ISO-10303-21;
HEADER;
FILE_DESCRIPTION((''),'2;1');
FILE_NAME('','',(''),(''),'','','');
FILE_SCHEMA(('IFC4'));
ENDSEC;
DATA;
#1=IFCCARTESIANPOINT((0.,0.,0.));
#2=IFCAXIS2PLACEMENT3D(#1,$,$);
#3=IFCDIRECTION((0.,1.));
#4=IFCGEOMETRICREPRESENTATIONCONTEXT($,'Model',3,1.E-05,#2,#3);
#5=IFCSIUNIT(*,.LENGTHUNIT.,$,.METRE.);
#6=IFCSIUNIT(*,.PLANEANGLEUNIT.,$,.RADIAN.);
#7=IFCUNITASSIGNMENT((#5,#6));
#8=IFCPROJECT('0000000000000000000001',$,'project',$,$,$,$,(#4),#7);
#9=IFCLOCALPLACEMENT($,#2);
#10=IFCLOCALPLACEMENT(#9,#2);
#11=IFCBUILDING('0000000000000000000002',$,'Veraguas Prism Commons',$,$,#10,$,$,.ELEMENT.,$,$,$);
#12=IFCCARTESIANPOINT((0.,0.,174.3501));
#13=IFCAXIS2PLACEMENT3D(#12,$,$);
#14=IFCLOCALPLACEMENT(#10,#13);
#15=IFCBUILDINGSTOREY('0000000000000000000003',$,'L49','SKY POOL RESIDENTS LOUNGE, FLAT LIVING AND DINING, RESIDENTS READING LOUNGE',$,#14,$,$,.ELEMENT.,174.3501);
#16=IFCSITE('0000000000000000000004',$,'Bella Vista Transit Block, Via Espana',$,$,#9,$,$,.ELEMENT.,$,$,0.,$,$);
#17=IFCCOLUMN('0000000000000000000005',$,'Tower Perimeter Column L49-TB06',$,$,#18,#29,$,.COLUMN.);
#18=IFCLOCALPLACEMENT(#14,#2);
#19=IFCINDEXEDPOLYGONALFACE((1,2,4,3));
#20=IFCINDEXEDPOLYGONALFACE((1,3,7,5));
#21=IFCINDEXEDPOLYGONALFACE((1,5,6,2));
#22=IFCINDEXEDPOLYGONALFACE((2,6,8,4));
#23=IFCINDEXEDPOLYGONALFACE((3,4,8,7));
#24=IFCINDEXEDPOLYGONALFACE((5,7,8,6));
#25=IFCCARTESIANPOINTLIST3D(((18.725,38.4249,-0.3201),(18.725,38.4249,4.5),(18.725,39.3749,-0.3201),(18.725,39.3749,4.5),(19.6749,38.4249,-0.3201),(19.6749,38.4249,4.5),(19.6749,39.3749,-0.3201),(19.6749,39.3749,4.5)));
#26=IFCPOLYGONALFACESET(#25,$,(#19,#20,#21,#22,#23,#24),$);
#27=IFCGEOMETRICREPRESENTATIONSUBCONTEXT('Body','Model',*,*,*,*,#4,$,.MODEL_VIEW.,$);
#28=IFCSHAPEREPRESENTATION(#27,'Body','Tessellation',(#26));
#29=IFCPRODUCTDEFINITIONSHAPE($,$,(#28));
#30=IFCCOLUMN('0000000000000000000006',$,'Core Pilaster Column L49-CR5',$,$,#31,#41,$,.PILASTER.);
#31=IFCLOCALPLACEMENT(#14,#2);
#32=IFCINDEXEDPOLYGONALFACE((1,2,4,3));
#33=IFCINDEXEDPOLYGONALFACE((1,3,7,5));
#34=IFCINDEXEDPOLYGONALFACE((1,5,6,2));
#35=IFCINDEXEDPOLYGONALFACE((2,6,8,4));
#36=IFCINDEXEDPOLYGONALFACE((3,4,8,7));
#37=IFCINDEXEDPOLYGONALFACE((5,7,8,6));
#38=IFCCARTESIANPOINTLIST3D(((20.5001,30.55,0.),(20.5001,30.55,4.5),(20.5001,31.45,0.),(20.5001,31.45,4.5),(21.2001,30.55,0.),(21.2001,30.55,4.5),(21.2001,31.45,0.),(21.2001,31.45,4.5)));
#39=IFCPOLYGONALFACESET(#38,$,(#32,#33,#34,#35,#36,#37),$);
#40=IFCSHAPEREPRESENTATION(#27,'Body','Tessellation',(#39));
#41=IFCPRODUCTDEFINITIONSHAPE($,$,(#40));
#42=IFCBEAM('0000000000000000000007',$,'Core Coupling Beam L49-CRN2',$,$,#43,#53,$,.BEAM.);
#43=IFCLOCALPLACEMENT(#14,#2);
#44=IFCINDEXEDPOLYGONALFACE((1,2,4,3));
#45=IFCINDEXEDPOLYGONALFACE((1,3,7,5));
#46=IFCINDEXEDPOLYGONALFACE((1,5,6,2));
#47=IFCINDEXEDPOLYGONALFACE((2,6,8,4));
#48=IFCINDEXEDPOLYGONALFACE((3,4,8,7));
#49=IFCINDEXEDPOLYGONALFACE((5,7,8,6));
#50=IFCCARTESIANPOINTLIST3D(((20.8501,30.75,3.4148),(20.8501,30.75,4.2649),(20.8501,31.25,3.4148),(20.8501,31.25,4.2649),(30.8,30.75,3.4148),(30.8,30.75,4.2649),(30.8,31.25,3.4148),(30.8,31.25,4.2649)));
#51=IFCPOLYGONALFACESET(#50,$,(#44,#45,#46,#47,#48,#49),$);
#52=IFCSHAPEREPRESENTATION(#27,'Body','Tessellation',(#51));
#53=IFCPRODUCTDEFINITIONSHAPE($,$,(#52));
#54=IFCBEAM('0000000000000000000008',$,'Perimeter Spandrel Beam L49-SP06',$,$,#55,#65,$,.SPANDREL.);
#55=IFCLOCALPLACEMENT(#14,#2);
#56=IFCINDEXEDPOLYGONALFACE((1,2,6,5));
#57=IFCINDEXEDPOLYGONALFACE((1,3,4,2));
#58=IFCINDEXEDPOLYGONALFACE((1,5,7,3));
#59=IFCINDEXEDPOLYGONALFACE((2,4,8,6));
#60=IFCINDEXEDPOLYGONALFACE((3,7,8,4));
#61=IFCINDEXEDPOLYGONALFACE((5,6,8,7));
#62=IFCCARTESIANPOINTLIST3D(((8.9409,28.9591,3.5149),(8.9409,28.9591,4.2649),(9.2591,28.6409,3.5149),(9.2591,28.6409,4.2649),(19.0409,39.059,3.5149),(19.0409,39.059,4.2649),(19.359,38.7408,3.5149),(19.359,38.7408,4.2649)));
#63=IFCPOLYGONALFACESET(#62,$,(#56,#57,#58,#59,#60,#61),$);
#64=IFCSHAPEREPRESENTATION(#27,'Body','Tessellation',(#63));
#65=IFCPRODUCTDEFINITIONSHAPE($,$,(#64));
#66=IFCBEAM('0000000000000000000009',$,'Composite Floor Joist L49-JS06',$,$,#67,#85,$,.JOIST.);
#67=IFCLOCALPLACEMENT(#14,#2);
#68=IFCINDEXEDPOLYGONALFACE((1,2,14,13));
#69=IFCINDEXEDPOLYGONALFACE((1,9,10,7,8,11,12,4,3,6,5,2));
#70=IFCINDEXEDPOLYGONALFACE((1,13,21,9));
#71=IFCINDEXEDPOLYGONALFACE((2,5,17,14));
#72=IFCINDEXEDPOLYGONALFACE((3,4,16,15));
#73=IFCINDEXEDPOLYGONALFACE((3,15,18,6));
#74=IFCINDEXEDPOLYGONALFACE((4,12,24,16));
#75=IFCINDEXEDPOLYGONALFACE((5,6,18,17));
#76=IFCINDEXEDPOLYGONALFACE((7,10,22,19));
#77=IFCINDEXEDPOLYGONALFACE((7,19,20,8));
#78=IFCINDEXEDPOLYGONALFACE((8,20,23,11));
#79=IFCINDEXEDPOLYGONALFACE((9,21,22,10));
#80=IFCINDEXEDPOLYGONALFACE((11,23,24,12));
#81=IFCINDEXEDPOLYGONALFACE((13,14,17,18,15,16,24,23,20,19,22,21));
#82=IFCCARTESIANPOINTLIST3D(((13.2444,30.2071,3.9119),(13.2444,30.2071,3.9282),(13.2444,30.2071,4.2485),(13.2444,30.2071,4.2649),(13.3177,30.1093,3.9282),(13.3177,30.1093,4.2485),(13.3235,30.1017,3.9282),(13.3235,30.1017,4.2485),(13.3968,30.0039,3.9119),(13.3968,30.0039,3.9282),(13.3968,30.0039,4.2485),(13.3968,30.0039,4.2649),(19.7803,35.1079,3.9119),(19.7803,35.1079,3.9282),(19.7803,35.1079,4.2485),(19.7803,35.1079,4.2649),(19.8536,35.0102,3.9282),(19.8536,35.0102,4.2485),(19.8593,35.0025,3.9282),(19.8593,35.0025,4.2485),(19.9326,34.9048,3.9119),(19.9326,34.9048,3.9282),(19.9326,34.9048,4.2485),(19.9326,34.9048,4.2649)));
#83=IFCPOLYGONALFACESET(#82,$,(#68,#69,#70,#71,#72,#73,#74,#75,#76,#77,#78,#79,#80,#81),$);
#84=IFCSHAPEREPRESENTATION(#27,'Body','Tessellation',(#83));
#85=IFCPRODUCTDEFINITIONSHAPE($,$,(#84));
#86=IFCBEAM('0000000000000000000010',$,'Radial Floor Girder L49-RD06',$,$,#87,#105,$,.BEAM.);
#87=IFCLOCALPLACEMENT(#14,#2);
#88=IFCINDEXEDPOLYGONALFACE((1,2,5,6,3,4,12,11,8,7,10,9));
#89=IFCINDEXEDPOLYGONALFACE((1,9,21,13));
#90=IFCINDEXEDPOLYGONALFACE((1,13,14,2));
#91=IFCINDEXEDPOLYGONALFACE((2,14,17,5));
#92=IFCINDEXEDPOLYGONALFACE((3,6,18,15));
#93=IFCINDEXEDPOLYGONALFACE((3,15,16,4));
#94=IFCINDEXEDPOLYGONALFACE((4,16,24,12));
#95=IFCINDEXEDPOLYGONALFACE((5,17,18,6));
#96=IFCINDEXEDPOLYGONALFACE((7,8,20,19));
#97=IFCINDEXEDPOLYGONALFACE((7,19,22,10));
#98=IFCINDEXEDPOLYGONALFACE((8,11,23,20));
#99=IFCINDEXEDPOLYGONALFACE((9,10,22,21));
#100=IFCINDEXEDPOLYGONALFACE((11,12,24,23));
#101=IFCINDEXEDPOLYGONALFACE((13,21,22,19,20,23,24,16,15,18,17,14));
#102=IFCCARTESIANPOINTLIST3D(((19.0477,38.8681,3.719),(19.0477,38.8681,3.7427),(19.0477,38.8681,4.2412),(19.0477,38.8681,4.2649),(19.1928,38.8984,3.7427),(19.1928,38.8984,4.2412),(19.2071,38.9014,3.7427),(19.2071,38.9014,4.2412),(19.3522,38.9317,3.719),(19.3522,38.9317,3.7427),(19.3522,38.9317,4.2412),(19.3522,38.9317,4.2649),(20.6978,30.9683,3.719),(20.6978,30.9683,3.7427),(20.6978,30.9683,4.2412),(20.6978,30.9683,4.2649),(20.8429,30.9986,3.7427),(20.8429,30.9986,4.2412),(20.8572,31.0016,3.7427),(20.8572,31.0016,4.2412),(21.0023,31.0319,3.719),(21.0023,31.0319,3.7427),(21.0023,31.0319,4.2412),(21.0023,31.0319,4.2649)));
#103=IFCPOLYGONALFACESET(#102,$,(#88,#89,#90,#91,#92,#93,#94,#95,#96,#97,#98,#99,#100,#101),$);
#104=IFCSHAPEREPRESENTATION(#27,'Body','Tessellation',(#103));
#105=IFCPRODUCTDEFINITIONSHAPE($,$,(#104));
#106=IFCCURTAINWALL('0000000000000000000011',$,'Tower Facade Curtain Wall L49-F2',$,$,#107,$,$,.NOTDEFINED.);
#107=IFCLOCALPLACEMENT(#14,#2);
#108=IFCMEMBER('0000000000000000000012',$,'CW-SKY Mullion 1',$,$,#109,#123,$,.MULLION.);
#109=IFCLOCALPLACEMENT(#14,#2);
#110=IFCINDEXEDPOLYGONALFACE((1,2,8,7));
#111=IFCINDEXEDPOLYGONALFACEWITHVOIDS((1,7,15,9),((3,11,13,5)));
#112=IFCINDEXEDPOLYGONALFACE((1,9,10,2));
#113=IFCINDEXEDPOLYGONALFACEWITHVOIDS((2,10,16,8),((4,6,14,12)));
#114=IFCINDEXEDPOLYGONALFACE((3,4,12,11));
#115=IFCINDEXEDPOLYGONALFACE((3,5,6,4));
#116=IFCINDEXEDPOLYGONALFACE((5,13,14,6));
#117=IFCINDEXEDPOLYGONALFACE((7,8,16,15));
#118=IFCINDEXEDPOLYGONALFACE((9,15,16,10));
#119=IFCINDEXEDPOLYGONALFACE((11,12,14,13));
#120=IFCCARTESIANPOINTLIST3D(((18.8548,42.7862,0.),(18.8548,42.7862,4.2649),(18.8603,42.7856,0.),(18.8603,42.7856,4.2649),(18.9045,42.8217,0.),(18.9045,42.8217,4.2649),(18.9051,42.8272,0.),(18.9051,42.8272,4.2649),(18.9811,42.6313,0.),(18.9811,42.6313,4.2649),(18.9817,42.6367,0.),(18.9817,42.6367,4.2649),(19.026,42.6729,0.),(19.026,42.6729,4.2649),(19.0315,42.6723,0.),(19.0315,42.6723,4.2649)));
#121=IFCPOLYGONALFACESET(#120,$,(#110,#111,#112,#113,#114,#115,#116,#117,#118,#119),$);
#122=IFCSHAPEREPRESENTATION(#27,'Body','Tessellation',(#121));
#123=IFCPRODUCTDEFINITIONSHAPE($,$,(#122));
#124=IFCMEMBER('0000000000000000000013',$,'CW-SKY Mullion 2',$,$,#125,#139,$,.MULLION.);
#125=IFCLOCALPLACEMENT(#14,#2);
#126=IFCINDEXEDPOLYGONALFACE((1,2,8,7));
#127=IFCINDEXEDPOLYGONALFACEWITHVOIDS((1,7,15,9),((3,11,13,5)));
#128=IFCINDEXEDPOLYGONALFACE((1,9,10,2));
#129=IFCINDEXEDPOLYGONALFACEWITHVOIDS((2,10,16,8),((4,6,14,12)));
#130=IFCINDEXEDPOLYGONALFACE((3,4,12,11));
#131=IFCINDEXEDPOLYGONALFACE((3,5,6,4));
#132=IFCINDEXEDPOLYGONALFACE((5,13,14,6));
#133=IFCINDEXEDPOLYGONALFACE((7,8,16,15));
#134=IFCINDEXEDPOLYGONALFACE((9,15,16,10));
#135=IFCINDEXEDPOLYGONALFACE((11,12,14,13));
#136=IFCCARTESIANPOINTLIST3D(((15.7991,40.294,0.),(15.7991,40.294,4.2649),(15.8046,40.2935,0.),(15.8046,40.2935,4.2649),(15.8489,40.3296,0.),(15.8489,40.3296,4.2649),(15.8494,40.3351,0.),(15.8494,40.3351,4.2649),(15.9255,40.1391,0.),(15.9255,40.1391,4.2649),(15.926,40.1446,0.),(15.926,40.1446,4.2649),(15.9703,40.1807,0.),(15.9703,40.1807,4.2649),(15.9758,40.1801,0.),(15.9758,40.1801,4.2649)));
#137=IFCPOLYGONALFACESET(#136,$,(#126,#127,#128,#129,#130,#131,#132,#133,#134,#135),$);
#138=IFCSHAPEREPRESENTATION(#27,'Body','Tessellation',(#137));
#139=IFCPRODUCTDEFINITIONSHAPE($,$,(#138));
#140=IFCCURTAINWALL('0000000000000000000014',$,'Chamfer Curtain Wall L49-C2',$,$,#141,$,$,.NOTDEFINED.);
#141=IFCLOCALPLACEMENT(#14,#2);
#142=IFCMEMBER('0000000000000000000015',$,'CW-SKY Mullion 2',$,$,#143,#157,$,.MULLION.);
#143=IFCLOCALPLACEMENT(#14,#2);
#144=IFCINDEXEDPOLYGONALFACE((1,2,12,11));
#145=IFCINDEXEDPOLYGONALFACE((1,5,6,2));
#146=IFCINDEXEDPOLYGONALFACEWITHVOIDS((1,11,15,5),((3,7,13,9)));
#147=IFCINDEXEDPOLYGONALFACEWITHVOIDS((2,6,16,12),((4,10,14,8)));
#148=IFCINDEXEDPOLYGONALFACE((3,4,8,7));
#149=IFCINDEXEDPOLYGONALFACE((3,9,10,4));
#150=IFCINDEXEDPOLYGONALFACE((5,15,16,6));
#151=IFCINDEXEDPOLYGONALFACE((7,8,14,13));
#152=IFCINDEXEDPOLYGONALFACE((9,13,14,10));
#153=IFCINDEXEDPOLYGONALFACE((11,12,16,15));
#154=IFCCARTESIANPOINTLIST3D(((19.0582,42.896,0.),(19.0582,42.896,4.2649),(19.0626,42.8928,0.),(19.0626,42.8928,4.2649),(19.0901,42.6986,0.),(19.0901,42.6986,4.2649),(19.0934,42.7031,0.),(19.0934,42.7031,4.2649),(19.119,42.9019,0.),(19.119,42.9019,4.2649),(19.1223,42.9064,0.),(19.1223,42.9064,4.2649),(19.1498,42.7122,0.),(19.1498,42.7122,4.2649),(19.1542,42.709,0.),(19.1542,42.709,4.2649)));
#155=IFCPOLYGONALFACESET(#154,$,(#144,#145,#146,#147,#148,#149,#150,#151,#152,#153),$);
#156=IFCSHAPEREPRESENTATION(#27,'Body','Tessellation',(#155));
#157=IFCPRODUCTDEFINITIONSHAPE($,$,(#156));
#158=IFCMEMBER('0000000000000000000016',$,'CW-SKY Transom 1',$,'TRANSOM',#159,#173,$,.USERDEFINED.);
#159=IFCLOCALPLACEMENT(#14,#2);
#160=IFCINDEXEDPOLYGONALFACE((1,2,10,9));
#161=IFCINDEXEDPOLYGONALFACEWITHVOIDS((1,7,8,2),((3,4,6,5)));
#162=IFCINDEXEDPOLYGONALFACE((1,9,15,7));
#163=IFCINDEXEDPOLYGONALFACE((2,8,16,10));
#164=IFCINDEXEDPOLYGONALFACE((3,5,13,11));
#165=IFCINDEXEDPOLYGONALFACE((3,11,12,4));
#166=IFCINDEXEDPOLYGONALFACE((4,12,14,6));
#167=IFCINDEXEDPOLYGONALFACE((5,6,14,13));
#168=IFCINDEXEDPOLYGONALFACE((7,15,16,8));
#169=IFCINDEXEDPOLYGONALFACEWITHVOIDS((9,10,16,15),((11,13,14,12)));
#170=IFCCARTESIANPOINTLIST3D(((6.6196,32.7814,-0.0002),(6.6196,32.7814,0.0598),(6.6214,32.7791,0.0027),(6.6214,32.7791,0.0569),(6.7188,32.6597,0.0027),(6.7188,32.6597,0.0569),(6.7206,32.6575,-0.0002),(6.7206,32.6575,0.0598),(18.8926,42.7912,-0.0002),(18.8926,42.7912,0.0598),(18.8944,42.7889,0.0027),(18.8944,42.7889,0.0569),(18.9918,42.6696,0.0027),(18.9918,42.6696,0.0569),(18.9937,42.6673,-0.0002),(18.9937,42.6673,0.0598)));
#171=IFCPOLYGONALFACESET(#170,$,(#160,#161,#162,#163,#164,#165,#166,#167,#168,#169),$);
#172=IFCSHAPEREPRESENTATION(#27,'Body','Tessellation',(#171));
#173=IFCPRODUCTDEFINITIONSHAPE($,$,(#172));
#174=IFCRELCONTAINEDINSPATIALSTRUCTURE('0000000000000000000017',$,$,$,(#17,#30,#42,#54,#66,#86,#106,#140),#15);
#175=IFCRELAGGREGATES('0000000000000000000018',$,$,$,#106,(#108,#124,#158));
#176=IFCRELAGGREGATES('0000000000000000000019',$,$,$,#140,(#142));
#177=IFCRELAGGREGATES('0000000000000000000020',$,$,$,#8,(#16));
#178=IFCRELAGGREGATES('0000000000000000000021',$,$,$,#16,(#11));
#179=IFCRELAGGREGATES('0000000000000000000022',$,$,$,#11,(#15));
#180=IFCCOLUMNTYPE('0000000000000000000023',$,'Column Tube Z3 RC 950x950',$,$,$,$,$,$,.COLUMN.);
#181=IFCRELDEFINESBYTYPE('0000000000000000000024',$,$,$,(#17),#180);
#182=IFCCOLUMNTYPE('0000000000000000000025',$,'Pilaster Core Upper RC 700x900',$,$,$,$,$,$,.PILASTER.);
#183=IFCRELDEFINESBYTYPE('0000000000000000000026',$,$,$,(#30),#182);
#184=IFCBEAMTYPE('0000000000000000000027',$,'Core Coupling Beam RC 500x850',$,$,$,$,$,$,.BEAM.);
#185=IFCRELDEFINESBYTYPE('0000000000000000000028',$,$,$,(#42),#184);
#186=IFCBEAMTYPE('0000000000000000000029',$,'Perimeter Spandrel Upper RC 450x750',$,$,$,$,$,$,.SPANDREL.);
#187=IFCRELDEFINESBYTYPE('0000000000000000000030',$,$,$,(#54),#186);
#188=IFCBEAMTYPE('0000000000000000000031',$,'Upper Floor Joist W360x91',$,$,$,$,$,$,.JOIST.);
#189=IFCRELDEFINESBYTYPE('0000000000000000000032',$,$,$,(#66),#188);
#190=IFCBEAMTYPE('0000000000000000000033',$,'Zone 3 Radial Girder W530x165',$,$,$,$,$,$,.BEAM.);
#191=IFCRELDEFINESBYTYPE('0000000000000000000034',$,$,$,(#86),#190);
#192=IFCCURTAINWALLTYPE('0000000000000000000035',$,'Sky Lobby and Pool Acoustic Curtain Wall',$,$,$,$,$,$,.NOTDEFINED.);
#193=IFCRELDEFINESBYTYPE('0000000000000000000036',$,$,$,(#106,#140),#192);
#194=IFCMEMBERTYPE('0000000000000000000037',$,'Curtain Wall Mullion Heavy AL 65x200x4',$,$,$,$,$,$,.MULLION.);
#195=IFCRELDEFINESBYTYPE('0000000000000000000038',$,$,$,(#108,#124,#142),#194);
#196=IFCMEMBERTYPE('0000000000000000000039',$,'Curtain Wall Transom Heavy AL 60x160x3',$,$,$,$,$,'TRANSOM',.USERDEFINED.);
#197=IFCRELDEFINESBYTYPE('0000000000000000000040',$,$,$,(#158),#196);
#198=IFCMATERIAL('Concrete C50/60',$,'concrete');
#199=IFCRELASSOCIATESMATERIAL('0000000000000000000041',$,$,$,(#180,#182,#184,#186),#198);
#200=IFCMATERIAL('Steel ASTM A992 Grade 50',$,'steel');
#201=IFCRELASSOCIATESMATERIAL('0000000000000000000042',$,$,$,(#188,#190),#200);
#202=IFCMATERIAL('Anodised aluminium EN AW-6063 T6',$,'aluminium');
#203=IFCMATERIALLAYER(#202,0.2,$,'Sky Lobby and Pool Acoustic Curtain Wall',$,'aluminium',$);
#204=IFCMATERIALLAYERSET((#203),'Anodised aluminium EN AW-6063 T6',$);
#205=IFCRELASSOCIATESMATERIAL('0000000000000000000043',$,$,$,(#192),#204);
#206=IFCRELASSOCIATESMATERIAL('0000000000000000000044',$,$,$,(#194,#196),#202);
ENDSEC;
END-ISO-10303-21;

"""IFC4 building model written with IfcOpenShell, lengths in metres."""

from ifc_helpers import new_model, si_unit, direction, frame, origin, origin_2d, place, context, subcontext, project, spatial, rectangle, hollow_rectangle, i_section, extrude, source, transform, mapped, material, layer, layer_set, material_profile, profile_set, type_object, element, aggregate, save


model = new_model("IFC4")

# Units and contexts
model_context = context("Model", 3, precision=1e-05, world=origin(), true_north=direction((0.0, 1.0)))
body_context = subcontext(model_context, "Body", "Model", "MODEL_VIEW")
ifc_project = project(units=[si_unit("LENGTHUNIT", "METRE"), si_unit("PLANEANGLEUNIT", "RADIAN")], contexts=[model_context])

# Site, building, storey
site_placement = place(None, origin())
site = spatial("IfcSite", under=ifc_project, at=site_placement, Name="Bella Vista Transit Block, Via Espana", CompositionType="ELEMENT", RefElevation=0.0)
building_placement = place(site_placement, origin())
building = spatial("IfcBuilding", under=site, at=building_placement, Name="Veraguas Prism Commons", CompositionType="ELEMENT")
storey_placement = place(building_placement, frame((0.0, 0.0, 174.3501)))
storey = spatial("IfcBuildingStorey", under=building, at=storey_placement, Name="L49", Description="SKY POOL RESIDENTS LOUNGE, FLAT LIVING AND DINING, RESIDENTS READING LOUNGE", CompositionType="ELEMENT", Elevation=174.3501)

# Columns
ifc_material_1 = material(Name="Concrete C50/60", Category="concrete")
ifc_material_profile_1 = material_profile(ifc_material_1, rectangle(XDim=0.95, YDim=0.95, at=origin_2d()), Name="RC950X950")
ifc_profile_set_1 = profile_set([ifc_material_profile_1], Name="Concrete C50/60")
column_type_1 = type_object("IfcColumnType", Name="Column Tube Z3 RC 950x950", PredefinedType="COLUMN", material=ifc_profile_set_1)
column_1_placement = place(storey_placement, frame((19.2, 38.8999, -0.3201), z_axis=(0.0, 0.0, 1.0), x_axis=(1.0, 0.0, 0.0)))
element("IfcColumn", 1, at=column_1_placement, inside=storey, type_object=column_type_1, Name="Tower Perimeter Column L49-TB06", PredefinedType="COLUMN", context=body_context, shape_type="SweptSolid", body=[
    extrude(rectangle(XDim=0.95, YDim=0.95, at=origin_2d()), origin(), (0.0, 0.0, 1.0), 4.8201),
])
ifc_material_profile_2 = material_profile(ifc_material_1, rectangle(XDim=0.7, YDim=0.8999, at=origin_2d()), Name="RC700X900")
ifc_profile_set_2 = profile_set([ifc_material_profile_2], Name="Concrete C50/60")
column_type_2 = type_object("IfcColumnType", Name="Pilaster Core Upper RC 700x900", PredefinedType="PILASTER", material=ifc_profile_set_2)
column_2_placement = place(storey_placement, frame((20.8501, 31.0, 0.0), z_axis=(0.0, 0.0, 1.0), x_axis=(1.0, 0.0, 0.0)))
element("IfcColumn", 2, at=column_2_placement, inside=storey, type_object=column_type_2, Name="Core Pilaster Column L49-CR5", PredefinedType="PILASTER", context=body_context, shape_type="SweptSolid", body=[
    extrude(rectangle(XDim=0.7, YDim=0.8999, at=origin_2d()), origin(), (0.0, 0.0, 1.0), 4.5),
])

# Beams
ifc_material_profile_3 = material_profile(ifc_material_1, rectangle(XDim=0.5, YDim=0.8501, at=origin_2d()), Name="RC500X850")
ifc_profile_set_3 = profile_set([ifc_material_profile_3], Name="Concrete C50/60")
beam_type_1 = type_object("IfcBeamType", Name="Core Coupling Beam RC 500x850", PredefinedType="BEAM", material=ifc_profile_set_3)
beam_1_placement = place(storey_placement, frame((20.8501, 31.0, 3.8398), z_axis=(1.0, 0.0, 0.0), x_axis=(0.0, 1.0, 0.0)))
element("IfcBeam", 3, at=beam_1_placement, inside=storey, type_object=beam_type_1, Name="Core Coupling Beam L49-CRN2", PredefinedType="BEAM", context=body_context, shape_type="SweptSolid", body=[
    extrude(rectangle(XDim=0.5, YDim=0.8501, at=origin_2d()), origin(), (0.0, 0.0, 1.0), 9.95),
])
ifc_material_profile_4 = material_profile(ifc_material_1, rectangle(XDim=0.45, YDim=0.75, at=origin_2d()), Name="RC450X750")
ifc_profile_set_4 = profile_set([ifc_material_profile_4], Name="Concrete C50/60")
beam_type_2 = type_object("IfcBeamType", Name="Perimeter Spandrel Upper RC 450x750", PredefinedType="SPANDREL", material=ifc_profile_set_4)
beam_2_placement = place(storey_placement, frame((19.2, 38.8999, 3.8899), z_axis=(-0.707107, -0.707107, 0.0), x_axis=(0.707107, -0.707107, 0.0)))
element("IfcBeam", 4, at=beam_2_placement, inside=storey, type_object=beam_type_2, Name="Perimeter Spandrel Beam L49-SP06", PredefinedType="SPANDREL", context=body_context, shape_type="SweptSolid", body=[
    extrude(rectangle(XDim=0.45, YDim=0.75, at=origin_2d()), origin(), (0.0, 0.0, 1.0), 14.2834),
])
ifc_material_2 = material(Name="Steel ASTM A992 Grade 50", Category="steel")
ifc_material_profile_5 = material_profile(ifc_material_2, i_section(OverallWidth=0.2539, OverallDepth=0.353, WebThickness=0.0095, FlangeThickness=0.0164, at=origin_2d()), Name="W360X91")
ifc_profile_set_5 = profile_set([ifc_material_profile_5], Name="Steel ASTM A992 Grade 50")
beam_type_3 = type_object("IfcBeamType", Name="Upper Floor Joist W360x91", PredefinedType="JOIST", material=ifc_profile_set_5)
beam_3_placement = place(storey_placement, frame((19.8564, 35.0063, 4.0884), z_axis=(-0.800061, -0.599919, 0.0), x_axis=(0.599919, -0.800061, 0.0)))
element("IfcBeam", 5, at=beam_3_placement, inside=storey, type_object=beam_type_3, Name="Composite Floor Joist L49-JS06", PredefinedType="JOIST", context=body_context, shape_type="SweptSolid", body=[
    extrude(i_section(OverallWidth=0.2539, OverallDepth=0.353, WebThickness=0.0095, FlangeThickness=0.0164, at=origin_2d()), origin(), (0.0, 0.0, 1.0), 8.1692),
])
ifc_material_profile_6 = material_profile(ifc_material_2, i_section(OverallWidth=0.311, OverallDepth=0.5459, WebThickness=0.0146, FlangeThickness=0.0237, at=origin_2d()), Name="W530X165")
ifc_profile_set_6 = profile_set([ifc_material_profile_6], Name="Steel ASTM A992 Grade 50")
beam_type_4 = type_object("IfcBeamType", Name="Zone 3 Radial Girder W530x165", PredefinedType="BEAM", material=ifc_profile_set_6)
beam_4_placement = place(storey_placement, frame((19.2, 38.8999, 3.9919), z_axis=(0.204469, -0.978873, 0.0), x_axis=(0.978873, 0.204469, 0.0)))
element("IfcBeam", 6, at=beam_4_placement, inside=storey, type_object=beam_type_4, Name="Radial Floor Girder L49-RD06", PredefinedType="BEAM", context=body_context, shape_type="SweptSolid", body=[
    extrude(i_section(OverallWidth=0.311, OverallDepth=0.5459, WebThickness=0.0146, FlangeThickness=0.0237, at=origin_2d()), origin(), (0.0, 0.0, 1.0), 8.0703),
])

# Curtain wall, members
ifc_material_3 = material(Name="Anodised aluminium EN AW-6063 T6", Category="aluminium")
ifc_layer_1 = layer(ifc_material_3, 0.2, Name="Sky Lobby and Pool Acoustic Curtain Wall", Category="aluminium")
ifc_layer_set_1 = layer_set([ifc_layer_1], Name="Anodised aluminium EN AW-6063 T6")
curtain_wall_type = type_object("IfcCurtainWallType", Name="Sky Lobby and Pool Acoustic Curtain Wall", PredefinedType="NOTDEFINED", material=ifc_layer_set_1)
curtain_wall_1_placement = place(storey_placement, origin())
curtain_wall_1 = element("IfcCurtainWall", 7, at=curtain_wall_1_placement, inside=storey, type_object=curtain_wall_type, Name="Tower Facade Curtain Wall L49-F2", PredefinedType="NOTDEFINED")
ifc_material_profile_7 = material_profile(ifc_material_3, hollow_rectangle(XDim=0.0649, YDim=0.2, WallThickness=0.0039, at=origin_2d()), Name="AL65X200X4")
ifc_profile_set_7 = profile_set([ifc_material_profile_7], Name="Anodised aluminium EN AW-6063 T6")
member_type_1 = type_object("IfcMemberType", Name="Curtain Wall Mullion Heavy AL 65x200x4", PredefinedType="MULLION", material=ifc_profile_set_7)
shared_shape_1 = source(origin(), body_context, "Body", "SweptSolid", [
    extrude(hollow_rectangle(XDim=0.0649, YDim=0.2, WallThickness=0.0039, at=origin_2d()), origin(), (0.0, 0.0, 1.0), 4.2649),
])
member_1_placement = place(storey_placement, frame((18.9431, 42.7292, 0.0), z_axis=(0.0, 0.0, 1.0), x_axis=(-0.774941, -0.632033, 0.0)))
member_1 = element("IfcMember", 8, at=member_1_placement, type_object=member_type_1, Name="CW-SKY Mullion 1", PredefinedType="MULLION", context=body_context, shape_type="MappedRepresentation", body=[
    mapped(shared_shape_1, transform((0.0, 0.0, 0.0), scale=1.0)),
])
member_2_placement = place(storey_placement, frame((15.8875, 40.2371, 0.0), z_axis=(0.0, 0.0, 1.0), x_axis=(-0.774941, -0.632033, 0.0)))
member_2 = element("IfcMember", 9, at=member_2_placement, type_object=member_type_1, Name="CW-SKY Mullion 2", PredefinedType="MULLION", context=body_context, shape_type="MappedRepresentation", body=[
    mapped(shared_shape_1, transform((0.0, 0.0, 0.0), scale=1.0)),
])

# Curtain wall, member
curtain_wall_2_placement = place(storey_placement, origin())
curtain_wall_2 = element("IfcCurtainWall", 10, at=curtain_wall_2_placement, inside=storey, type_object=curtain_wall_type, Name="Chamfer Curtain Wall L49-C2", PredefinedType="NOTDEFINED")
member_3_placement = place(storey_placement, frame((19.1062, 42.8025, 0.0), z_axis=(0.0, 0.0, 1.0), x_axis=(-0.987139, -0.159866, 0.0)))
member_3 = element("IfcMember", 11, at=member_3_placement, type_object=member_type_1, Name="CW-SKY Mullion 2", PredefinedType="MULLION", context=body_context, shape_type="MappedRepresentation", body=[
    mapped(shared_shape_1, transform((0.0, 0.0, 0.0), scale=1.0)),
])

# Member
ifc_material_profile_8 = material_profile(ifc_material_3, hollow_rectangle(XDim=0.0601, YDim=0.1599, WallThickness=0.0029, at=origin_2d()), Name="AL60X160X3")
ifc_profile_set_8 = profile_set([ifc_material_profile_8], Name="Anodised aluminium EN AW-6063 T6")
member_type_2 = type_object("IfcMemberType", Name="Curtain Wall Transom Heavy AL 60x160x3", ElementType="TRANSOM", PredefinedType="USERDEFINED", material=ifc_profile_set_8)
shared_shape_2 = source(origin(), body_context, "Body", "SweptSolid", [
    extrude(hollow_rectangle(XDim=0.0601, YDim=0.1599, WallThickness=0.0029, at=origin_2d()), origin(), (0.0, 0.0, 1.0), 15.8374),
])
member_4_placement = place(storey_placement, frame((18.9431, 42.7292, 0.0298), z_axis=(-0.774939, -0.632037, 0.0), x_axis=(0.0, 0.0, 1.0)))
member_4 = element("IfcMember", 12, at=member_4_placement, type_object=member_type_2, Name="CW-SKY Transom 1", ObjectType="TRANSOM", PredefinedType="USERDEFINED", context=body_context, shape_type="MappedRepresentation", body=[
    mapped(shared_shape_2, transform((0.0, 0.0, 0.0), scale=1.0)),
])

aggregate(curtain_wall_1, [member_1, member_2, member_4])
aggregate(curtain_wall_2, [member_3])

save(model, "model.ifc")
